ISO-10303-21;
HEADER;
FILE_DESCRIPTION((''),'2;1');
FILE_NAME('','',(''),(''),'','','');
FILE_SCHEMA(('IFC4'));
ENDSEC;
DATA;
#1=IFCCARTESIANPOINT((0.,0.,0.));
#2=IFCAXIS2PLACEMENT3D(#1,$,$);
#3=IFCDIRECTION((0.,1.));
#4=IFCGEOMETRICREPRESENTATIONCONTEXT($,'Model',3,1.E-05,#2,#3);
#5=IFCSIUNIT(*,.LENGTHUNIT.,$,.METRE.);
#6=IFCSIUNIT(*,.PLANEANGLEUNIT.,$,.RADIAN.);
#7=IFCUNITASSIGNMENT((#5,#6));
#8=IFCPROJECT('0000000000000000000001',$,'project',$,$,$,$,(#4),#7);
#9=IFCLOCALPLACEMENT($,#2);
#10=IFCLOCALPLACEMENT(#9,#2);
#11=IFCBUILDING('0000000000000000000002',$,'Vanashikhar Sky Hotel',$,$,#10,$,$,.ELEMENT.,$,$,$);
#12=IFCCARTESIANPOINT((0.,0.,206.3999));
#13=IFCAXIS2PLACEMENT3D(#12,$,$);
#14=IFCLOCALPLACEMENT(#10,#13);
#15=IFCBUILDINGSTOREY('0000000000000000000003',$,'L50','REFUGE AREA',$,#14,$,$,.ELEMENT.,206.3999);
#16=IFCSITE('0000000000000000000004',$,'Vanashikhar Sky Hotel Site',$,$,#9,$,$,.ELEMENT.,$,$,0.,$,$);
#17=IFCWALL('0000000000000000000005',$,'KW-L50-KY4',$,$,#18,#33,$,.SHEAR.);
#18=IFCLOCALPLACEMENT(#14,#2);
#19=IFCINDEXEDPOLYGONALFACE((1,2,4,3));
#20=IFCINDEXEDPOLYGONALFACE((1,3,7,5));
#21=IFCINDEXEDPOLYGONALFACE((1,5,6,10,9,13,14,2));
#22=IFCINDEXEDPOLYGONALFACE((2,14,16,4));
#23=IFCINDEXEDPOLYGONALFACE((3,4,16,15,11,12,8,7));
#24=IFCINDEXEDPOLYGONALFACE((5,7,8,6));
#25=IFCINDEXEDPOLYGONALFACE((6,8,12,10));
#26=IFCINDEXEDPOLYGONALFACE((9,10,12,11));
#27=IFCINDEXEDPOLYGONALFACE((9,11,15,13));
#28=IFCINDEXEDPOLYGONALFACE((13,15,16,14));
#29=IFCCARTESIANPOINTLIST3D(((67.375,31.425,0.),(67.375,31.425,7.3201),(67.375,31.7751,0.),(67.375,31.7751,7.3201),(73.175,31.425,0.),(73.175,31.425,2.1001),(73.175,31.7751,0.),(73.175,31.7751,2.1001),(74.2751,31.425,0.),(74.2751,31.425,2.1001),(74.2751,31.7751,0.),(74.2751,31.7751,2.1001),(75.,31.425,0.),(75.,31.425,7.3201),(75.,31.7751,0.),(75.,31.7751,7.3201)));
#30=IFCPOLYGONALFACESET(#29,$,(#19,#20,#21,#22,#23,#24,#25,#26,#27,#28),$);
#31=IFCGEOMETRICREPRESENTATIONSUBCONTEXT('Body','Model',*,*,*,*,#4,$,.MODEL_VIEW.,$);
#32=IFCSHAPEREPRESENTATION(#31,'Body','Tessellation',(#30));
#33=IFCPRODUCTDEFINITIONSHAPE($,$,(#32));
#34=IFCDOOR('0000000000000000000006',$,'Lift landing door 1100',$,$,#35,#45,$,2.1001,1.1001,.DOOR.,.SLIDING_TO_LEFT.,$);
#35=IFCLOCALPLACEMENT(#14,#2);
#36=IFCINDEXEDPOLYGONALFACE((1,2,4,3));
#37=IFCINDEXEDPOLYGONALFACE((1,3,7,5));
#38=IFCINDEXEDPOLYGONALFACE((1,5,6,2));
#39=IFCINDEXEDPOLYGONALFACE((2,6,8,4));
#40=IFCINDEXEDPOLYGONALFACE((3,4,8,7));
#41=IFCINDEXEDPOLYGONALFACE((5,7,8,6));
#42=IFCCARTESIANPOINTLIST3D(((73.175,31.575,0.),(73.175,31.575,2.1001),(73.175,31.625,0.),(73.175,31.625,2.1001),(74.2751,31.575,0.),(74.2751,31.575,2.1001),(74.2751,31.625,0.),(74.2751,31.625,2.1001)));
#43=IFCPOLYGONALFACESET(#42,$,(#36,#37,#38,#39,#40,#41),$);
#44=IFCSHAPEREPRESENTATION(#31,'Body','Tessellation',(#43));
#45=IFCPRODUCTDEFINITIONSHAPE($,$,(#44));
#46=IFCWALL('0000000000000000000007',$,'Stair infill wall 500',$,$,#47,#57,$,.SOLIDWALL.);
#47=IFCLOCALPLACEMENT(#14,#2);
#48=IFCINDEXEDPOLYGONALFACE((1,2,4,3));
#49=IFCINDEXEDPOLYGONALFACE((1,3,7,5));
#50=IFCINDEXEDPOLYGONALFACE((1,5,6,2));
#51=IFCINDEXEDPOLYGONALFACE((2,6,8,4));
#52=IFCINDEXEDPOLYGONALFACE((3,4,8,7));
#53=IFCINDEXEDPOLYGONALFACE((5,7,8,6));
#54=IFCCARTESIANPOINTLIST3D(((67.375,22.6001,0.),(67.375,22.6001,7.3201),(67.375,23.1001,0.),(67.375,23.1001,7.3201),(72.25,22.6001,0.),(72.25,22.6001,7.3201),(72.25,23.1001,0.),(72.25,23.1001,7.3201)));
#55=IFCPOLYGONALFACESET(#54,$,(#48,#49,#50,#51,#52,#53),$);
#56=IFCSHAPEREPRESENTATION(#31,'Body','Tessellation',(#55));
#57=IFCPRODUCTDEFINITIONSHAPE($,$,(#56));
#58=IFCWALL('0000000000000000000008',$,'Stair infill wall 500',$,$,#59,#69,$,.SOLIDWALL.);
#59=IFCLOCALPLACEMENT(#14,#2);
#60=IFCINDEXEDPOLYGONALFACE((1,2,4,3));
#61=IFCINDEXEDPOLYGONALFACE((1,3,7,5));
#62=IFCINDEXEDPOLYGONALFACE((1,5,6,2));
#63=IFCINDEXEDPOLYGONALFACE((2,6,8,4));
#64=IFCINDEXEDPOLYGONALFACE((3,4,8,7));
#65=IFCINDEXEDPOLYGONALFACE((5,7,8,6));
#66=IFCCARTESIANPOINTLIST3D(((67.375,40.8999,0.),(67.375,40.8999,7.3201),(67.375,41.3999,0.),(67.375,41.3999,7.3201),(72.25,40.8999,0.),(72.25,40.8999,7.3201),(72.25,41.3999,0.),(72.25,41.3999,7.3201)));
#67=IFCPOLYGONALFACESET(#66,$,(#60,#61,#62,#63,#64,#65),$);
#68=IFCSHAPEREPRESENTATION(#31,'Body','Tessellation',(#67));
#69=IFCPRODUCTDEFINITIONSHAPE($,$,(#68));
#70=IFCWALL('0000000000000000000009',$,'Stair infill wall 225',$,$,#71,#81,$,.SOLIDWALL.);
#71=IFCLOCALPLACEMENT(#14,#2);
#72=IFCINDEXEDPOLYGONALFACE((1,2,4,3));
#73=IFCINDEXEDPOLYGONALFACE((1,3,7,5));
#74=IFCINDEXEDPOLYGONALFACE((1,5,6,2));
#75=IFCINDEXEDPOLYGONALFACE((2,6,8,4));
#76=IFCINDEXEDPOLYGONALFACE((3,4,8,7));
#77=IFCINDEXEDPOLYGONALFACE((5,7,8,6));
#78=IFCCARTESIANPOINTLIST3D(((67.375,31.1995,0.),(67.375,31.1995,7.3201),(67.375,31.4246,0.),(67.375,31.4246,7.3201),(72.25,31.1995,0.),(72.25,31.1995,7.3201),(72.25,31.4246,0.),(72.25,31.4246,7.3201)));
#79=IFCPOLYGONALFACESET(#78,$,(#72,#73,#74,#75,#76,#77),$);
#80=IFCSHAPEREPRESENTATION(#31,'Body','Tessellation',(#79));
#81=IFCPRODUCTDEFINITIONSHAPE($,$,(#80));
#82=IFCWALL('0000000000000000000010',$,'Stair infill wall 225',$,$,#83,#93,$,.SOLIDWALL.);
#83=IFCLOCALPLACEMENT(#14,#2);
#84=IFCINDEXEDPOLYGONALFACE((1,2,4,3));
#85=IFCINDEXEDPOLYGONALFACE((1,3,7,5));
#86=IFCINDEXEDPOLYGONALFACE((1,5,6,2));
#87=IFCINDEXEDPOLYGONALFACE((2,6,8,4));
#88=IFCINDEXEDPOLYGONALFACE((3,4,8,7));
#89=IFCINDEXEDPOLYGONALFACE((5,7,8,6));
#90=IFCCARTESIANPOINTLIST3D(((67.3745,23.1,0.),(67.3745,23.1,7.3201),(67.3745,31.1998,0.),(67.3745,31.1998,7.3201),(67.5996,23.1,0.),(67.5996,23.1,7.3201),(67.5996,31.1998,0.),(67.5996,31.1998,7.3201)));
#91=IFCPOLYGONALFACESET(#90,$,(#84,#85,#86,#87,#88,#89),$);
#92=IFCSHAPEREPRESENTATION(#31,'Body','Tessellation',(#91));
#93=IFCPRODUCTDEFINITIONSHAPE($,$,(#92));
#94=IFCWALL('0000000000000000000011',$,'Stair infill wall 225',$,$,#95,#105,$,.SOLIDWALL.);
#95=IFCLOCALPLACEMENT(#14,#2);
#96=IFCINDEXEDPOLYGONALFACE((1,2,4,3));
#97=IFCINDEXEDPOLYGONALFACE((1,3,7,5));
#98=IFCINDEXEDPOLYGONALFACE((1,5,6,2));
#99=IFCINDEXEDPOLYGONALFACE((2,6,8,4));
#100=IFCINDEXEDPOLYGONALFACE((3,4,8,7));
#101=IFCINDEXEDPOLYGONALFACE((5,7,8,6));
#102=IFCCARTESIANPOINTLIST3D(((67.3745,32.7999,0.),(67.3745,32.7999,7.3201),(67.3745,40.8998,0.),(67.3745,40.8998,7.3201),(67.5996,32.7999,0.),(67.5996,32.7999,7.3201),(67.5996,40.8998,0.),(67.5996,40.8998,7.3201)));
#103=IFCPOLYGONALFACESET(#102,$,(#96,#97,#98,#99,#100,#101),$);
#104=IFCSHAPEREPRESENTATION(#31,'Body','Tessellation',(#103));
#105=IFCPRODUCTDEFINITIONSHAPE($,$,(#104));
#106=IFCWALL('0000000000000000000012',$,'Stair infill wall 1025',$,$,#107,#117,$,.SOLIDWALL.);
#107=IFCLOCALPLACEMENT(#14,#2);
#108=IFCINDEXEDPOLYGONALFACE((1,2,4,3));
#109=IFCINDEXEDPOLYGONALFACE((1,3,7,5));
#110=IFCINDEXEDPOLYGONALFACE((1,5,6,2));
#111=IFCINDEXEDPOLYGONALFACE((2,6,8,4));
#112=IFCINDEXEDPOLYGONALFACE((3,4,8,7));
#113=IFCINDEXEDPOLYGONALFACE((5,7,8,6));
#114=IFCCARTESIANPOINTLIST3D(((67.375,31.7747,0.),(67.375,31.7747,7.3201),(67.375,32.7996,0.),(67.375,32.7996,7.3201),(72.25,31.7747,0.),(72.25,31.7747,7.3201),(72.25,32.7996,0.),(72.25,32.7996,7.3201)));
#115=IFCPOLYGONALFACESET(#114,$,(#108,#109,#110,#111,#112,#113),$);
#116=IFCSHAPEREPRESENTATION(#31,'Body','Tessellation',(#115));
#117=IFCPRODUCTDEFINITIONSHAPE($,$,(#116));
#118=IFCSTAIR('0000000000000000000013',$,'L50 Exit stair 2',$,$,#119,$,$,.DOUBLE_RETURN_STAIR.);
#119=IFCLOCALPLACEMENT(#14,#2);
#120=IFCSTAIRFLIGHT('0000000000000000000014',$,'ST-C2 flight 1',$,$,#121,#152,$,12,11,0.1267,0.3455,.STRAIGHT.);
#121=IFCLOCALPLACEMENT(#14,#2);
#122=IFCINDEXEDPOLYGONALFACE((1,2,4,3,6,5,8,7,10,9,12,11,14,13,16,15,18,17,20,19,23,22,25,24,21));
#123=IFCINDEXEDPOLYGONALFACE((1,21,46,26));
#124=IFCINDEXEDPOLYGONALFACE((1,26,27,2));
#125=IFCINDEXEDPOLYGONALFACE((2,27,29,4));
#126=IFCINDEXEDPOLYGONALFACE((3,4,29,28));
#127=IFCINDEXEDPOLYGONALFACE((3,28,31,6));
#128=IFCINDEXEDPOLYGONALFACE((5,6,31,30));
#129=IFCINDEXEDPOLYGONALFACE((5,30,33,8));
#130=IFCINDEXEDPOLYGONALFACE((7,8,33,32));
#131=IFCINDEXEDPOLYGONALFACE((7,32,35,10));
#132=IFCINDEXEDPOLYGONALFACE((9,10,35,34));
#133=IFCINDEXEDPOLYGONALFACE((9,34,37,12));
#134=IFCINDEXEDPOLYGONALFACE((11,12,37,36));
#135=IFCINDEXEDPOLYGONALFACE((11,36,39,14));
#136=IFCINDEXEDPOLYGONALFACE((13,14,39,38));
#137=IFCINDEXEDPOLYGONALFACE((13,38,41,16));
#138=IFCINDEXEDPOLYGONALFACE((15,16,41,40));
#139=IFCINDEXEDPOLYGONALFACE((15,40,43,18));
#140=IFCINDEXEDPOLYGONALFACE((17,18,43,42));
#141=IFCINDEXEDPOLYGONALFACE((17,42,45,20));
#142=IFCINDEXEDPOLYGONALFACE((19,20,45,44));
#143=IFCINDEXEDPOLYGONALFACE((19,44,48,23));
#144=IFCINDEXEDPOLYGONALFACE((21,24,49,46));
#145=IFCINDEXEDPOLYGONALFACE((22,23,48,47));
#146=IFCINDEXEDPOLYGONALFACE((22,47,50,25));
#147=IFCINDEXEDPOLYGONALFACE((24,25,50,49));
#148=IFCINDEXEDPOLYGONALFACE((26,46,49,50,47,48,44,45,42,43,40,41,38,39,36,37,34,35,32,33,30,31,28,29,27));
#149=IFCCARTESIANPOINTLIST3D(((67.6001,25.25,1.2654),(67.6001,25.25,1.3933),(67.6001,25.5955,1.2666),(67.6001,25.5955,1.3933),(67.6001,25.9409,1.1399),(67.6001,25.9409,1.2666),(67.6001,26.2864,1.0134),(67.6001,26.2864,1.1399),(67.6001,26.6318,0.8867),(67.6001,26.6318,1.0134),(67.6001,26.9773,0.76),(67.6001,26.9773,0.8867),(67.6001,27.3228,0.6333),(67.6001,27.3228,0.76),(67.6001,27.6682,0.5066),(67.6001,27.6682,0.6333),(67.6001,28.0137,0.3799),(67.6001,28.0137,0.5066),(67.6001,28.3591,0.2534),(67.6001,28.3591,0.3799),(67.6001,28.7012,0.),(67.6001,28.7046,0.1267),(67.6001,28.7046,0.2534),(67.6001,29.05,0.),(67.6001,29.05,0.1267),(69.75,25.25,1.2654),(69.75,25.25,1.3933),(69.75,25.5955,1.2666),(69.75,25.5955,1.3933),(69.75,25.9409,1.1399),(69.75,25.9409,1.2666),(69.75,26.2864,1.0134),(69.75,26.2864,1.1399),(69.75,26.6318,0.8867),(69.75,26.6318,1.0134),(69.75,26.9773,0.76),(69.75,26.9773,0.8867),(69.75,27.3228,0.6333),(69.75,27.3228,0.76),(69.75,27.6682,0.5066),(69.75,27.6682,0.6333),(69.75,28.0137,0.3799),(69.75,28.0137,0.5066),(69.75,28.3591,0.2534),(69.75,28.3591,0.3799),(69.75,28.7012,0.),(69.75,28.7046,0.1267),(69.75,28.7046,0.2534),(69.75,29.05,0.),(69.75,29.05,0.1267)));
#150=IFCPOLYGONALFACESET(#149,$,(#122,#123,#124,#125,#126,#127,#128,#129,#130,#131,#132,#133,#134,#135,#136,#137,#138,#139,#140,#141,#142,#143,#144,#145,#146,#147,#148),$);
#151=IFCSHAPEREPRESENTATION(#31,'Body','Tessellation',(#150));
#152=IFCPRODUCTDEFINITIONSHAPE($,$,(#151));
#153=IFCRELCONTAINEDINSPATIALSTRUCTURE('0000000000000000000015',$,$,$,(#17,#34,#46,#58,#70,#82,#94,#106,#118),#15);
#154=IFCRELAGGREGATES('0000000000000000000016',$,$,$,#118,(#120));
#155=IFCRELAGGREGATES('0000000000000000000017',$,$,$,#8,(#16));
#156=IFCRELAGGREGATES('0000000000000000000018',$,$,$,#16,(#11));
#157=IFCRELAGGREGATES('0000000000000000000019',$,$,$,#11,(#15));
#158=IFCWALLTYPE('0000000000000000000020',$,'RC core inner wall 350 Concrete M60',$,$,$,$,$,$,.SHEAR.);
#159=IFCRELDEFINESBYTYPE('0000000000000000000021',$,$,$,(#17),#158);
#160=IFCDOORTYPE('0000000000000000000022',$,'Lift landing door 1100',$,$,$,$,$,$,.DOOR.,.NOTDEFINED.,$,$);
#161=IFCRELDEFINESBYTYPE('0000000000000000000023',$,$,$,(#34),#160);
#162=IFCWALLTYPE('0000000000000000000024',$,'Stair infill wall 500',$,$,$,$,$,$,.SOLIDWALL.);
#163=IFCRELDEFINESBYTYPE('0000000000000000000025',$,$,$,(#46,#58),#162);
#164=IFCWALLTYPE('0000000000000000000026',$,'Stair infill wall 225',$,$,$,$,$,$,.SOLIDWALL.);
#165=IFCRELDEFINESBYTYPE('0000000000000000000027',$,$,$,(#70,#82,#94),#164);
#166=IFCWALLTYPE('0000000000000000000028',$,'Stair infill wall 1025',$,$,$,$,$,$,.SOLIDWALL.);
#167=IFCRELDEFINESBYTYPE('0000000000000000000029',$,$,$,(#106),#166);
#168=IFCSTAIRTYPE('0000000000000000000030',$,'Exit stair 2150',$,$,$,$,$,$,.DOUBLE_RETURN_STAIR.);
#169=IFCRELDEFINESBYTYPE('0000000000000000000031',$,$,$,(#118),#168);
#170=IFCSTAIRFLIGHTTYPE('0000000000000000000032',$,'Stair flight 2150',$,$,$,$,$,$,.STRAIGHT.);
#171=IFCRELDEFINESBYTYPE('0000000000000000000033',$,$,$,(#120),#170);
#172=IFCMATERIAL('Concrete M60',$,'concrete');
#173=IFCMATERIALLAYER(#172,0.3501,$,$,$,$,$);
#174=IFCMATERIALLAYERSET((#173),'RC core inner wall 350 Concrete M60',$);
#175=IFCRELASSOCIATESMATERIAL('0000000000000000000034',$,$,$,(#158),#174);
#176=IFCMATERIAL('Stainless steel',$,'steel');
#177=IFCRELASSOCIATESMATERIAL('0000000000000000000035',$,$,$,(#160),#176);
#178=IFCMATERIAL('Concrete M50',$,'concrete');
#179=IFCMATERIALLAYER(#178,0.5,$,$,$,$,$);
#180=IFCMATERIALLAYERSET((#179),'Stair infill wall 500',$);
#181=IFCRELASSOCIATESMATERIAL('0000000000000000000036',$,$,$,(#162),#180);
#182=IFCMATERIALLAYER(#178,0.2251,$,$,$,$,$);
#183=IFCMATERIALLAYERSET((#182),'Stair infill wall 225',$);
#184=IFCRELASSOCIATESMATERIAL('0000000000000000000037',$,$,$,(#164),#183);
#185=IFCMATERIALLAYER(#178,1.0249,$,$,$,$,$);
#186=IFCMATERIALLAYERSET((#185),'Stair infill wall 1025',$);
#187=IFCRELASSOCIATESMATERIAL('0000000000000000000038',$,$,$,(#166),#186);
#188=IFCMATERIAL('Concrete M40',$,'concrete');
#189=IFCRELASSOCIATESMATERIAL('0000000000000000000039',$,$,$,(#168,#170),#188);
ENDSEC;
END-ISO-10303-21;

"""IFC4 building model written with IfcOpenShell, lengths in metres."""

from ifc_helpers import new_model, si_unit, direction, frame, frame_2d, origin, place, context, subcontext, project, spatial, polyline, rectangle, outline, extrude, source, transform, mapped, material, layer, layer_set, type_object, element, fill, aggregate, save


model = new_model("IFC4")

# Units and contexts
model_context = context("Model", 3, precision=1e-05, world=origin(), true_north=direction((0.0, 1.0)))
body_context = subcontext(model_context, "Body", "Model", "MODEL_VIEW")
ifc_project = project(units=[si_unit("LENGTHUNIT", "METRE"), si_unit("PLANEANGLEUNIT", "RADIAN")], contexts=[model_context])

# Site, building, storey
site_placement = place(None, origin())
site = spatial("IfcSite", under=ifc_project, at=site_placement, Name="Vanashikhar Sky Hotel Site", CompositionType="ELEMENT", RefElevation=0.0)
building_placement = place(site_placement, origin())
building = spatial("IfcBuilding", under=site, at=building_placement, Name="Vanashikhar Sky Hotel", CompositionType="ELEMENT")
storey_placement = place(building_placement, frame((0.0, 0.0, 206.3999)))
storey = spatial("IfcBuildingStorey", under=building, at=storey_placement, Name="L50", Description="REFUGE AREA", CompositionType="ELEMENT", Elevation=206.3999)

# Wall, opening, door
ifc_material_1 = material(Name="Concrete M60", Category="concrete")
ifc_layer_1 = layer(ifc_material_1, 0.3501)
ifc_layer_set_1 = layer_set([ifc_layer_1], Name="RC core inner wall 350 Concrete M60")
wall_type_1 = type_object("IfcWallType", Name="RC core inner wall 350 Concrete M60", PredefinedType="SHEAR", material=ifc_layer_set_1)
shared_shape_1 = source(origin(), body_context, "Body", "SweptSolid", [
    extrude(rectangle(XDim=7.625, YDim=0.3501, at=frame_2d((3.8125, 0.0))), origin(), (0.0, 0.0, 1.0), 7.3201),
])
wall_1_placement = place(storey_placement, frame((67.375, 31.6001, 0.0), z_axis=(0.0, 0.0, 1.0), x_axis=(1.0, 0.0, 0.0)))
wall_1 = element("IfcWall", 1, at=wall_1_placement, inside=storey, type_object=wall_type_1, Name="KW-L50-KY4", PredefinedType="SHEAR", context=body_context, shape_type="MappedRepresentation", body=[
    mapped(shared_shape_1, transform((0.0, 0.0, 0.0), scale=1.0)),
])
shared_shape_2 = source(origin(), body_context, "Body", "SweptSolid", [
    extrude(rectangle(XDim=1.1001, YDim=2.1001, at=frame_2d((0.55, 1.05))), frame((0.0, 0.1851, 0.0), z_axis=(0.0, -1.0, 0.0), x_axis=(1.0, 0.0, 0.0)), (0.0, 0.0, 1.0), 0.3701),
])
opening_placement = place(wall_1_placement, frame((5.8, 0.0, 0.0)))
opening = element("IfcOpeningElement", 2, at=opening_placement, cuts=wall_1, PredefinedType="OPENING", context=body_context, shape_type="MappedRepresentation", body=[
    mapped(shared_shape_2, transform((0.0, 0.0, 0.0), scale=1.0)),
])
ifc_material_2 = material(Name="Stainless steel", Category="steel")
door_type = type_object("IfcDoorType", Name="Lift landing door 1100", OperationType="NOTDEFINED", PredefinedType="DOOR", material=ifc_material_2)
shared_shape_3 = source(origin(), body_context, "Body", "SweptSolid", [
    extrude(rectangle(XDim=1.1001, YDim=2.1001, at=frame_2d((0.55, 1.05))), frame((0.0, 0.0249, 0.0), z_axis=(0.0, -1.0, 0.0), x_axis=(1.0, 0.0, 0.0)), (0.0, 0.0, 1.0), 0.05),
])
door_placement = place(opening_placement, origin())
door = element("IfcDoor", 3, at=door_placement, inside=storey, type_object=door_type, Name="Lift landing door 1100", OperationType="SLIDING_TO_LEFT", OverallHeight=2.1001, OverallWidth=1.1001, PredefinedType="DOOR", context=body_context, shape_type="MappedRepresentation", body=[
    mapped(shared_shape_3, transform((0.0, 0.0, 0.0), scale=1.0)),
])
fill(opening, door)

# Walls
ifc_material_3 = material(Name="Concrete M50", Category="concrete")
ifc_layer_2 = layer(ifc_material_3, 0.5)
ifc_layer_set_2 = layer_set([ifc_layer_2], Name="Stair infill wall 500")
wall_type_2 = type_object("IfcWallType", Name="Stair infill wall 500", PredefinedType="SOLIDWALL", material=ifc_layer_set_2)
shared_shape_4 = source(origin(), body_context, "Body", "SweptSolid", [
    extrude(rectangle(XDim=4.875, YDim=0.5, at=frame_2d((2.4375, 0.0))), origin(), (0.0, 0.0, 1.0), 7.3201),
])
for number, where, z_axis, x_axis, name in (
    (4, (67.375, 22.8501, 0.0), (0.0, 0.0, 1.0), (1.0, 0.0, 0.0), "Stair infill wall 500"),
    (5, (67.375, 41.1499, 0.0), (0.0, 0.0, 1.0), (1.0, 0.0, 0.0), "Stair infill wall 500"),
):
    element("IfcWall", number, at=place(storey_placement, frame(where, z_axis=z_axis, x_axis=x_axis)), inside=storey, type_object=wall_type_2, Name=name, PredefinedType="SOLIDWALL", context=body_context, shape_type="MappedRepresentation", body=[
        mapped(shared_shape_4, transform((0.0, 0.0, 0.0), scale=1.0)),
    ])
ifc_layer_3 = layer(ifc_material_3, 0.2251)
ifc_layer_set_3 = layer_set([ifc_layer_3], Name="Stair infill wall 225")
wall_type_3 = type_object("IfcWallType", Name="Stair infill wall 225", PredefinedType="SOLIDWALL", material=ifc_layer_set_3)
shared_shape_5 = source(origin(), body_context, "Body", "SweptSolid", [
    extrude(rectangle(XDim=4.875, YDim=0.2251, at=frame_2d((2.4375, 0.0))), origin(), (0.0, 0.0, 1.0), 7.3201),
])
wall_2_placement = place(storey_placement, frame((67.375, 31.312, 0.0), z_axis=(0.0, 0.0, 1.0), x_axis=(1.0, 0.0, 0.0)))
element("IfcWall", 6, at=wall_2_placement, inside=storey, type_object=wall_type_3, Name="Stair infill wall 225", PredefinedType="SOLIDWALL", context=body_context, shape_type="MappedRepresentation", body=[
    mapped(shared_shape_5, transform((0.0, 0.0, 0.0), scale=1.0)),
])
shared_shape_6 = source(origin(), body_context, "Body", "SweptSolid", [
    extrude(rectangle(XDim=8.0999, YDim=0.2251, at=frame_2d((4.0498, 0.0))), origin(), (0.0, 0.0, 1.0), 7.3201),
])
for number, where, z_axis, x_axis, name in (
    (7, (67.4871, 23.1001, 0.0), (0.0, 0.0, 1.0), (0.0, 1.0, 0.0), "Stair infill wall 225"),
    (8, (67.4871, 32.8, 0.0), (0.0, 0.0, 1.0), (0.0, 1.0, 0.0), "Stair infill wall 225"),
):
    element("IfcWall", number, at=place(storey_placement, frame(where, z_axis=z_axis, x_axis=x_axis)), inside=storey, type_object=wall_type_3, Name=name, PredefinedType="SOLIDWALL", context=body_context, shape_type="MappedRepresentation", body=[
        mapped(shared_shape_6, transform((0.0, 0.0, 0.0), scale=1.0)),
    ])
ifc_layer_4 = layer(ifc_material_3, 1.0249)
ifc_layer_set_4 = layer_set([ifc_layer_4], Name="Stair infill wall 1025")
wall_type_4 = type_object("IfcWallType", Name="Stair infill wall 1025", PredefinedType="SOLIDWALL", material=ifc_layer_set_4)
shared_shape_7 = source(origin(), body_context, "Body", "SweptSolid", [
    extrude(rectangle(XDim=4.875, YDim=1.0249, at=frame_2d((2.4375, 0.0))), origin(), (0.0, 0.0, 1.0), 7.3201),
])
wall_3_placement = place(storey_placement, frame((67.375, 32.2871, 0.0), z_axis=(0.0, 0.0, 1.0), x_axis=(1.0, 0.0, 0.0)))
element("IfcWall", 9, at=wall_3_placement, inside=storey, type_object=wall_type_4, Name="Stair infill wall 1025", PredefinedType="SOLIDWALL", context=body_context, shape_type="MappedRepresentation", body=[
    mapped(shared_shape_7, transform((0.0, 0.0, 0.0), scale=1.0)),
])

# Stair, stair flight
ifc_material_4 = material(Name="Concrete M40", Category="concrete")
stair_type = type_object("IfcStairType", Name="Exit stair 2150", PredefinedType="DOUBLE_RETURN_STAIR", material=ifc_material_4)
stair_1_placement = place(storey_placement, origin())
stair_1 = element("IfcStair", 10, at=stair_1_placement, inside=storey, type_object=stair_type, Name="L50 Exit stair 2", PredefinedType="DOUBLE_RETURN_STAIR")
stair_flight_type = type_object("IfcStairFlightType", Name="Stair flight 2150", PredefinedType="STRAIGHT", material=ifc_material_4)
shared_shape_8 = source(origin(), body_context, "Body", "SweptSolid", [
    extrude(outline(polyline([(0.0, 0.0), (0.0, 0.1267), (0.3455, 0.1267), (0.3455, 0.2534), (0.6909, 0.2534), (0.6909, 0.3799), (1.0364, 0.3799), (1.0364, 0.5066), (1.3818, 0.5066), (1.3818, 0.6333), (1.7273, 0.6333), (1.7273, 0.76), (2.0728, 0.76), (2.0728, 0.8867), (2.4182, 0.8867), (2.4182, 1.0134), (2.7637, 1.0134), (2.7637, 1.1399), (3.1091, 1.1399), (3.1091, 1.2666), (3.4546, 1.2666), (3.4546, 1.3933), (3.8, 1.3933), (3.8, 1.52), (3.8, 1.2654), (0.3489, 0.0), (0.0, 0.0)])), frame((0.0, 1.075, 0.0), z_axis=(0.0, -1.0, 0.0), x_axis=(1.0, 0.0, 0.0)), (0.0, 0.0, 1.0), 2.1499),
])
stair_flight_1_placement = place(storey_placement, frame((68.675, 29.05, 0.0), z_axis=(0.0, 0.0, 1.0), x_axis=(0.0, -1.0, 0.0)))
stair_flight_1 = element("IfcStairFlight", 11, at=stair_flight_1_placement, type_object=stair_flight_type, Name="ST-C2 flight 1", NumberOfRisers=12, NumberOfTreads=11, PredefinedType="STRAIGHT", RiserHeight=0.1267, TreadLength=0.3455, context=body_context, shape_type="MappedRepresentation", body=[
    mapped(shared_shape_8, transform((0.0, 0.0, 0.0), scale=1.0)),
])
aggregate(stair_1, [stair_flight_1])

save(model, "model.ifc")
